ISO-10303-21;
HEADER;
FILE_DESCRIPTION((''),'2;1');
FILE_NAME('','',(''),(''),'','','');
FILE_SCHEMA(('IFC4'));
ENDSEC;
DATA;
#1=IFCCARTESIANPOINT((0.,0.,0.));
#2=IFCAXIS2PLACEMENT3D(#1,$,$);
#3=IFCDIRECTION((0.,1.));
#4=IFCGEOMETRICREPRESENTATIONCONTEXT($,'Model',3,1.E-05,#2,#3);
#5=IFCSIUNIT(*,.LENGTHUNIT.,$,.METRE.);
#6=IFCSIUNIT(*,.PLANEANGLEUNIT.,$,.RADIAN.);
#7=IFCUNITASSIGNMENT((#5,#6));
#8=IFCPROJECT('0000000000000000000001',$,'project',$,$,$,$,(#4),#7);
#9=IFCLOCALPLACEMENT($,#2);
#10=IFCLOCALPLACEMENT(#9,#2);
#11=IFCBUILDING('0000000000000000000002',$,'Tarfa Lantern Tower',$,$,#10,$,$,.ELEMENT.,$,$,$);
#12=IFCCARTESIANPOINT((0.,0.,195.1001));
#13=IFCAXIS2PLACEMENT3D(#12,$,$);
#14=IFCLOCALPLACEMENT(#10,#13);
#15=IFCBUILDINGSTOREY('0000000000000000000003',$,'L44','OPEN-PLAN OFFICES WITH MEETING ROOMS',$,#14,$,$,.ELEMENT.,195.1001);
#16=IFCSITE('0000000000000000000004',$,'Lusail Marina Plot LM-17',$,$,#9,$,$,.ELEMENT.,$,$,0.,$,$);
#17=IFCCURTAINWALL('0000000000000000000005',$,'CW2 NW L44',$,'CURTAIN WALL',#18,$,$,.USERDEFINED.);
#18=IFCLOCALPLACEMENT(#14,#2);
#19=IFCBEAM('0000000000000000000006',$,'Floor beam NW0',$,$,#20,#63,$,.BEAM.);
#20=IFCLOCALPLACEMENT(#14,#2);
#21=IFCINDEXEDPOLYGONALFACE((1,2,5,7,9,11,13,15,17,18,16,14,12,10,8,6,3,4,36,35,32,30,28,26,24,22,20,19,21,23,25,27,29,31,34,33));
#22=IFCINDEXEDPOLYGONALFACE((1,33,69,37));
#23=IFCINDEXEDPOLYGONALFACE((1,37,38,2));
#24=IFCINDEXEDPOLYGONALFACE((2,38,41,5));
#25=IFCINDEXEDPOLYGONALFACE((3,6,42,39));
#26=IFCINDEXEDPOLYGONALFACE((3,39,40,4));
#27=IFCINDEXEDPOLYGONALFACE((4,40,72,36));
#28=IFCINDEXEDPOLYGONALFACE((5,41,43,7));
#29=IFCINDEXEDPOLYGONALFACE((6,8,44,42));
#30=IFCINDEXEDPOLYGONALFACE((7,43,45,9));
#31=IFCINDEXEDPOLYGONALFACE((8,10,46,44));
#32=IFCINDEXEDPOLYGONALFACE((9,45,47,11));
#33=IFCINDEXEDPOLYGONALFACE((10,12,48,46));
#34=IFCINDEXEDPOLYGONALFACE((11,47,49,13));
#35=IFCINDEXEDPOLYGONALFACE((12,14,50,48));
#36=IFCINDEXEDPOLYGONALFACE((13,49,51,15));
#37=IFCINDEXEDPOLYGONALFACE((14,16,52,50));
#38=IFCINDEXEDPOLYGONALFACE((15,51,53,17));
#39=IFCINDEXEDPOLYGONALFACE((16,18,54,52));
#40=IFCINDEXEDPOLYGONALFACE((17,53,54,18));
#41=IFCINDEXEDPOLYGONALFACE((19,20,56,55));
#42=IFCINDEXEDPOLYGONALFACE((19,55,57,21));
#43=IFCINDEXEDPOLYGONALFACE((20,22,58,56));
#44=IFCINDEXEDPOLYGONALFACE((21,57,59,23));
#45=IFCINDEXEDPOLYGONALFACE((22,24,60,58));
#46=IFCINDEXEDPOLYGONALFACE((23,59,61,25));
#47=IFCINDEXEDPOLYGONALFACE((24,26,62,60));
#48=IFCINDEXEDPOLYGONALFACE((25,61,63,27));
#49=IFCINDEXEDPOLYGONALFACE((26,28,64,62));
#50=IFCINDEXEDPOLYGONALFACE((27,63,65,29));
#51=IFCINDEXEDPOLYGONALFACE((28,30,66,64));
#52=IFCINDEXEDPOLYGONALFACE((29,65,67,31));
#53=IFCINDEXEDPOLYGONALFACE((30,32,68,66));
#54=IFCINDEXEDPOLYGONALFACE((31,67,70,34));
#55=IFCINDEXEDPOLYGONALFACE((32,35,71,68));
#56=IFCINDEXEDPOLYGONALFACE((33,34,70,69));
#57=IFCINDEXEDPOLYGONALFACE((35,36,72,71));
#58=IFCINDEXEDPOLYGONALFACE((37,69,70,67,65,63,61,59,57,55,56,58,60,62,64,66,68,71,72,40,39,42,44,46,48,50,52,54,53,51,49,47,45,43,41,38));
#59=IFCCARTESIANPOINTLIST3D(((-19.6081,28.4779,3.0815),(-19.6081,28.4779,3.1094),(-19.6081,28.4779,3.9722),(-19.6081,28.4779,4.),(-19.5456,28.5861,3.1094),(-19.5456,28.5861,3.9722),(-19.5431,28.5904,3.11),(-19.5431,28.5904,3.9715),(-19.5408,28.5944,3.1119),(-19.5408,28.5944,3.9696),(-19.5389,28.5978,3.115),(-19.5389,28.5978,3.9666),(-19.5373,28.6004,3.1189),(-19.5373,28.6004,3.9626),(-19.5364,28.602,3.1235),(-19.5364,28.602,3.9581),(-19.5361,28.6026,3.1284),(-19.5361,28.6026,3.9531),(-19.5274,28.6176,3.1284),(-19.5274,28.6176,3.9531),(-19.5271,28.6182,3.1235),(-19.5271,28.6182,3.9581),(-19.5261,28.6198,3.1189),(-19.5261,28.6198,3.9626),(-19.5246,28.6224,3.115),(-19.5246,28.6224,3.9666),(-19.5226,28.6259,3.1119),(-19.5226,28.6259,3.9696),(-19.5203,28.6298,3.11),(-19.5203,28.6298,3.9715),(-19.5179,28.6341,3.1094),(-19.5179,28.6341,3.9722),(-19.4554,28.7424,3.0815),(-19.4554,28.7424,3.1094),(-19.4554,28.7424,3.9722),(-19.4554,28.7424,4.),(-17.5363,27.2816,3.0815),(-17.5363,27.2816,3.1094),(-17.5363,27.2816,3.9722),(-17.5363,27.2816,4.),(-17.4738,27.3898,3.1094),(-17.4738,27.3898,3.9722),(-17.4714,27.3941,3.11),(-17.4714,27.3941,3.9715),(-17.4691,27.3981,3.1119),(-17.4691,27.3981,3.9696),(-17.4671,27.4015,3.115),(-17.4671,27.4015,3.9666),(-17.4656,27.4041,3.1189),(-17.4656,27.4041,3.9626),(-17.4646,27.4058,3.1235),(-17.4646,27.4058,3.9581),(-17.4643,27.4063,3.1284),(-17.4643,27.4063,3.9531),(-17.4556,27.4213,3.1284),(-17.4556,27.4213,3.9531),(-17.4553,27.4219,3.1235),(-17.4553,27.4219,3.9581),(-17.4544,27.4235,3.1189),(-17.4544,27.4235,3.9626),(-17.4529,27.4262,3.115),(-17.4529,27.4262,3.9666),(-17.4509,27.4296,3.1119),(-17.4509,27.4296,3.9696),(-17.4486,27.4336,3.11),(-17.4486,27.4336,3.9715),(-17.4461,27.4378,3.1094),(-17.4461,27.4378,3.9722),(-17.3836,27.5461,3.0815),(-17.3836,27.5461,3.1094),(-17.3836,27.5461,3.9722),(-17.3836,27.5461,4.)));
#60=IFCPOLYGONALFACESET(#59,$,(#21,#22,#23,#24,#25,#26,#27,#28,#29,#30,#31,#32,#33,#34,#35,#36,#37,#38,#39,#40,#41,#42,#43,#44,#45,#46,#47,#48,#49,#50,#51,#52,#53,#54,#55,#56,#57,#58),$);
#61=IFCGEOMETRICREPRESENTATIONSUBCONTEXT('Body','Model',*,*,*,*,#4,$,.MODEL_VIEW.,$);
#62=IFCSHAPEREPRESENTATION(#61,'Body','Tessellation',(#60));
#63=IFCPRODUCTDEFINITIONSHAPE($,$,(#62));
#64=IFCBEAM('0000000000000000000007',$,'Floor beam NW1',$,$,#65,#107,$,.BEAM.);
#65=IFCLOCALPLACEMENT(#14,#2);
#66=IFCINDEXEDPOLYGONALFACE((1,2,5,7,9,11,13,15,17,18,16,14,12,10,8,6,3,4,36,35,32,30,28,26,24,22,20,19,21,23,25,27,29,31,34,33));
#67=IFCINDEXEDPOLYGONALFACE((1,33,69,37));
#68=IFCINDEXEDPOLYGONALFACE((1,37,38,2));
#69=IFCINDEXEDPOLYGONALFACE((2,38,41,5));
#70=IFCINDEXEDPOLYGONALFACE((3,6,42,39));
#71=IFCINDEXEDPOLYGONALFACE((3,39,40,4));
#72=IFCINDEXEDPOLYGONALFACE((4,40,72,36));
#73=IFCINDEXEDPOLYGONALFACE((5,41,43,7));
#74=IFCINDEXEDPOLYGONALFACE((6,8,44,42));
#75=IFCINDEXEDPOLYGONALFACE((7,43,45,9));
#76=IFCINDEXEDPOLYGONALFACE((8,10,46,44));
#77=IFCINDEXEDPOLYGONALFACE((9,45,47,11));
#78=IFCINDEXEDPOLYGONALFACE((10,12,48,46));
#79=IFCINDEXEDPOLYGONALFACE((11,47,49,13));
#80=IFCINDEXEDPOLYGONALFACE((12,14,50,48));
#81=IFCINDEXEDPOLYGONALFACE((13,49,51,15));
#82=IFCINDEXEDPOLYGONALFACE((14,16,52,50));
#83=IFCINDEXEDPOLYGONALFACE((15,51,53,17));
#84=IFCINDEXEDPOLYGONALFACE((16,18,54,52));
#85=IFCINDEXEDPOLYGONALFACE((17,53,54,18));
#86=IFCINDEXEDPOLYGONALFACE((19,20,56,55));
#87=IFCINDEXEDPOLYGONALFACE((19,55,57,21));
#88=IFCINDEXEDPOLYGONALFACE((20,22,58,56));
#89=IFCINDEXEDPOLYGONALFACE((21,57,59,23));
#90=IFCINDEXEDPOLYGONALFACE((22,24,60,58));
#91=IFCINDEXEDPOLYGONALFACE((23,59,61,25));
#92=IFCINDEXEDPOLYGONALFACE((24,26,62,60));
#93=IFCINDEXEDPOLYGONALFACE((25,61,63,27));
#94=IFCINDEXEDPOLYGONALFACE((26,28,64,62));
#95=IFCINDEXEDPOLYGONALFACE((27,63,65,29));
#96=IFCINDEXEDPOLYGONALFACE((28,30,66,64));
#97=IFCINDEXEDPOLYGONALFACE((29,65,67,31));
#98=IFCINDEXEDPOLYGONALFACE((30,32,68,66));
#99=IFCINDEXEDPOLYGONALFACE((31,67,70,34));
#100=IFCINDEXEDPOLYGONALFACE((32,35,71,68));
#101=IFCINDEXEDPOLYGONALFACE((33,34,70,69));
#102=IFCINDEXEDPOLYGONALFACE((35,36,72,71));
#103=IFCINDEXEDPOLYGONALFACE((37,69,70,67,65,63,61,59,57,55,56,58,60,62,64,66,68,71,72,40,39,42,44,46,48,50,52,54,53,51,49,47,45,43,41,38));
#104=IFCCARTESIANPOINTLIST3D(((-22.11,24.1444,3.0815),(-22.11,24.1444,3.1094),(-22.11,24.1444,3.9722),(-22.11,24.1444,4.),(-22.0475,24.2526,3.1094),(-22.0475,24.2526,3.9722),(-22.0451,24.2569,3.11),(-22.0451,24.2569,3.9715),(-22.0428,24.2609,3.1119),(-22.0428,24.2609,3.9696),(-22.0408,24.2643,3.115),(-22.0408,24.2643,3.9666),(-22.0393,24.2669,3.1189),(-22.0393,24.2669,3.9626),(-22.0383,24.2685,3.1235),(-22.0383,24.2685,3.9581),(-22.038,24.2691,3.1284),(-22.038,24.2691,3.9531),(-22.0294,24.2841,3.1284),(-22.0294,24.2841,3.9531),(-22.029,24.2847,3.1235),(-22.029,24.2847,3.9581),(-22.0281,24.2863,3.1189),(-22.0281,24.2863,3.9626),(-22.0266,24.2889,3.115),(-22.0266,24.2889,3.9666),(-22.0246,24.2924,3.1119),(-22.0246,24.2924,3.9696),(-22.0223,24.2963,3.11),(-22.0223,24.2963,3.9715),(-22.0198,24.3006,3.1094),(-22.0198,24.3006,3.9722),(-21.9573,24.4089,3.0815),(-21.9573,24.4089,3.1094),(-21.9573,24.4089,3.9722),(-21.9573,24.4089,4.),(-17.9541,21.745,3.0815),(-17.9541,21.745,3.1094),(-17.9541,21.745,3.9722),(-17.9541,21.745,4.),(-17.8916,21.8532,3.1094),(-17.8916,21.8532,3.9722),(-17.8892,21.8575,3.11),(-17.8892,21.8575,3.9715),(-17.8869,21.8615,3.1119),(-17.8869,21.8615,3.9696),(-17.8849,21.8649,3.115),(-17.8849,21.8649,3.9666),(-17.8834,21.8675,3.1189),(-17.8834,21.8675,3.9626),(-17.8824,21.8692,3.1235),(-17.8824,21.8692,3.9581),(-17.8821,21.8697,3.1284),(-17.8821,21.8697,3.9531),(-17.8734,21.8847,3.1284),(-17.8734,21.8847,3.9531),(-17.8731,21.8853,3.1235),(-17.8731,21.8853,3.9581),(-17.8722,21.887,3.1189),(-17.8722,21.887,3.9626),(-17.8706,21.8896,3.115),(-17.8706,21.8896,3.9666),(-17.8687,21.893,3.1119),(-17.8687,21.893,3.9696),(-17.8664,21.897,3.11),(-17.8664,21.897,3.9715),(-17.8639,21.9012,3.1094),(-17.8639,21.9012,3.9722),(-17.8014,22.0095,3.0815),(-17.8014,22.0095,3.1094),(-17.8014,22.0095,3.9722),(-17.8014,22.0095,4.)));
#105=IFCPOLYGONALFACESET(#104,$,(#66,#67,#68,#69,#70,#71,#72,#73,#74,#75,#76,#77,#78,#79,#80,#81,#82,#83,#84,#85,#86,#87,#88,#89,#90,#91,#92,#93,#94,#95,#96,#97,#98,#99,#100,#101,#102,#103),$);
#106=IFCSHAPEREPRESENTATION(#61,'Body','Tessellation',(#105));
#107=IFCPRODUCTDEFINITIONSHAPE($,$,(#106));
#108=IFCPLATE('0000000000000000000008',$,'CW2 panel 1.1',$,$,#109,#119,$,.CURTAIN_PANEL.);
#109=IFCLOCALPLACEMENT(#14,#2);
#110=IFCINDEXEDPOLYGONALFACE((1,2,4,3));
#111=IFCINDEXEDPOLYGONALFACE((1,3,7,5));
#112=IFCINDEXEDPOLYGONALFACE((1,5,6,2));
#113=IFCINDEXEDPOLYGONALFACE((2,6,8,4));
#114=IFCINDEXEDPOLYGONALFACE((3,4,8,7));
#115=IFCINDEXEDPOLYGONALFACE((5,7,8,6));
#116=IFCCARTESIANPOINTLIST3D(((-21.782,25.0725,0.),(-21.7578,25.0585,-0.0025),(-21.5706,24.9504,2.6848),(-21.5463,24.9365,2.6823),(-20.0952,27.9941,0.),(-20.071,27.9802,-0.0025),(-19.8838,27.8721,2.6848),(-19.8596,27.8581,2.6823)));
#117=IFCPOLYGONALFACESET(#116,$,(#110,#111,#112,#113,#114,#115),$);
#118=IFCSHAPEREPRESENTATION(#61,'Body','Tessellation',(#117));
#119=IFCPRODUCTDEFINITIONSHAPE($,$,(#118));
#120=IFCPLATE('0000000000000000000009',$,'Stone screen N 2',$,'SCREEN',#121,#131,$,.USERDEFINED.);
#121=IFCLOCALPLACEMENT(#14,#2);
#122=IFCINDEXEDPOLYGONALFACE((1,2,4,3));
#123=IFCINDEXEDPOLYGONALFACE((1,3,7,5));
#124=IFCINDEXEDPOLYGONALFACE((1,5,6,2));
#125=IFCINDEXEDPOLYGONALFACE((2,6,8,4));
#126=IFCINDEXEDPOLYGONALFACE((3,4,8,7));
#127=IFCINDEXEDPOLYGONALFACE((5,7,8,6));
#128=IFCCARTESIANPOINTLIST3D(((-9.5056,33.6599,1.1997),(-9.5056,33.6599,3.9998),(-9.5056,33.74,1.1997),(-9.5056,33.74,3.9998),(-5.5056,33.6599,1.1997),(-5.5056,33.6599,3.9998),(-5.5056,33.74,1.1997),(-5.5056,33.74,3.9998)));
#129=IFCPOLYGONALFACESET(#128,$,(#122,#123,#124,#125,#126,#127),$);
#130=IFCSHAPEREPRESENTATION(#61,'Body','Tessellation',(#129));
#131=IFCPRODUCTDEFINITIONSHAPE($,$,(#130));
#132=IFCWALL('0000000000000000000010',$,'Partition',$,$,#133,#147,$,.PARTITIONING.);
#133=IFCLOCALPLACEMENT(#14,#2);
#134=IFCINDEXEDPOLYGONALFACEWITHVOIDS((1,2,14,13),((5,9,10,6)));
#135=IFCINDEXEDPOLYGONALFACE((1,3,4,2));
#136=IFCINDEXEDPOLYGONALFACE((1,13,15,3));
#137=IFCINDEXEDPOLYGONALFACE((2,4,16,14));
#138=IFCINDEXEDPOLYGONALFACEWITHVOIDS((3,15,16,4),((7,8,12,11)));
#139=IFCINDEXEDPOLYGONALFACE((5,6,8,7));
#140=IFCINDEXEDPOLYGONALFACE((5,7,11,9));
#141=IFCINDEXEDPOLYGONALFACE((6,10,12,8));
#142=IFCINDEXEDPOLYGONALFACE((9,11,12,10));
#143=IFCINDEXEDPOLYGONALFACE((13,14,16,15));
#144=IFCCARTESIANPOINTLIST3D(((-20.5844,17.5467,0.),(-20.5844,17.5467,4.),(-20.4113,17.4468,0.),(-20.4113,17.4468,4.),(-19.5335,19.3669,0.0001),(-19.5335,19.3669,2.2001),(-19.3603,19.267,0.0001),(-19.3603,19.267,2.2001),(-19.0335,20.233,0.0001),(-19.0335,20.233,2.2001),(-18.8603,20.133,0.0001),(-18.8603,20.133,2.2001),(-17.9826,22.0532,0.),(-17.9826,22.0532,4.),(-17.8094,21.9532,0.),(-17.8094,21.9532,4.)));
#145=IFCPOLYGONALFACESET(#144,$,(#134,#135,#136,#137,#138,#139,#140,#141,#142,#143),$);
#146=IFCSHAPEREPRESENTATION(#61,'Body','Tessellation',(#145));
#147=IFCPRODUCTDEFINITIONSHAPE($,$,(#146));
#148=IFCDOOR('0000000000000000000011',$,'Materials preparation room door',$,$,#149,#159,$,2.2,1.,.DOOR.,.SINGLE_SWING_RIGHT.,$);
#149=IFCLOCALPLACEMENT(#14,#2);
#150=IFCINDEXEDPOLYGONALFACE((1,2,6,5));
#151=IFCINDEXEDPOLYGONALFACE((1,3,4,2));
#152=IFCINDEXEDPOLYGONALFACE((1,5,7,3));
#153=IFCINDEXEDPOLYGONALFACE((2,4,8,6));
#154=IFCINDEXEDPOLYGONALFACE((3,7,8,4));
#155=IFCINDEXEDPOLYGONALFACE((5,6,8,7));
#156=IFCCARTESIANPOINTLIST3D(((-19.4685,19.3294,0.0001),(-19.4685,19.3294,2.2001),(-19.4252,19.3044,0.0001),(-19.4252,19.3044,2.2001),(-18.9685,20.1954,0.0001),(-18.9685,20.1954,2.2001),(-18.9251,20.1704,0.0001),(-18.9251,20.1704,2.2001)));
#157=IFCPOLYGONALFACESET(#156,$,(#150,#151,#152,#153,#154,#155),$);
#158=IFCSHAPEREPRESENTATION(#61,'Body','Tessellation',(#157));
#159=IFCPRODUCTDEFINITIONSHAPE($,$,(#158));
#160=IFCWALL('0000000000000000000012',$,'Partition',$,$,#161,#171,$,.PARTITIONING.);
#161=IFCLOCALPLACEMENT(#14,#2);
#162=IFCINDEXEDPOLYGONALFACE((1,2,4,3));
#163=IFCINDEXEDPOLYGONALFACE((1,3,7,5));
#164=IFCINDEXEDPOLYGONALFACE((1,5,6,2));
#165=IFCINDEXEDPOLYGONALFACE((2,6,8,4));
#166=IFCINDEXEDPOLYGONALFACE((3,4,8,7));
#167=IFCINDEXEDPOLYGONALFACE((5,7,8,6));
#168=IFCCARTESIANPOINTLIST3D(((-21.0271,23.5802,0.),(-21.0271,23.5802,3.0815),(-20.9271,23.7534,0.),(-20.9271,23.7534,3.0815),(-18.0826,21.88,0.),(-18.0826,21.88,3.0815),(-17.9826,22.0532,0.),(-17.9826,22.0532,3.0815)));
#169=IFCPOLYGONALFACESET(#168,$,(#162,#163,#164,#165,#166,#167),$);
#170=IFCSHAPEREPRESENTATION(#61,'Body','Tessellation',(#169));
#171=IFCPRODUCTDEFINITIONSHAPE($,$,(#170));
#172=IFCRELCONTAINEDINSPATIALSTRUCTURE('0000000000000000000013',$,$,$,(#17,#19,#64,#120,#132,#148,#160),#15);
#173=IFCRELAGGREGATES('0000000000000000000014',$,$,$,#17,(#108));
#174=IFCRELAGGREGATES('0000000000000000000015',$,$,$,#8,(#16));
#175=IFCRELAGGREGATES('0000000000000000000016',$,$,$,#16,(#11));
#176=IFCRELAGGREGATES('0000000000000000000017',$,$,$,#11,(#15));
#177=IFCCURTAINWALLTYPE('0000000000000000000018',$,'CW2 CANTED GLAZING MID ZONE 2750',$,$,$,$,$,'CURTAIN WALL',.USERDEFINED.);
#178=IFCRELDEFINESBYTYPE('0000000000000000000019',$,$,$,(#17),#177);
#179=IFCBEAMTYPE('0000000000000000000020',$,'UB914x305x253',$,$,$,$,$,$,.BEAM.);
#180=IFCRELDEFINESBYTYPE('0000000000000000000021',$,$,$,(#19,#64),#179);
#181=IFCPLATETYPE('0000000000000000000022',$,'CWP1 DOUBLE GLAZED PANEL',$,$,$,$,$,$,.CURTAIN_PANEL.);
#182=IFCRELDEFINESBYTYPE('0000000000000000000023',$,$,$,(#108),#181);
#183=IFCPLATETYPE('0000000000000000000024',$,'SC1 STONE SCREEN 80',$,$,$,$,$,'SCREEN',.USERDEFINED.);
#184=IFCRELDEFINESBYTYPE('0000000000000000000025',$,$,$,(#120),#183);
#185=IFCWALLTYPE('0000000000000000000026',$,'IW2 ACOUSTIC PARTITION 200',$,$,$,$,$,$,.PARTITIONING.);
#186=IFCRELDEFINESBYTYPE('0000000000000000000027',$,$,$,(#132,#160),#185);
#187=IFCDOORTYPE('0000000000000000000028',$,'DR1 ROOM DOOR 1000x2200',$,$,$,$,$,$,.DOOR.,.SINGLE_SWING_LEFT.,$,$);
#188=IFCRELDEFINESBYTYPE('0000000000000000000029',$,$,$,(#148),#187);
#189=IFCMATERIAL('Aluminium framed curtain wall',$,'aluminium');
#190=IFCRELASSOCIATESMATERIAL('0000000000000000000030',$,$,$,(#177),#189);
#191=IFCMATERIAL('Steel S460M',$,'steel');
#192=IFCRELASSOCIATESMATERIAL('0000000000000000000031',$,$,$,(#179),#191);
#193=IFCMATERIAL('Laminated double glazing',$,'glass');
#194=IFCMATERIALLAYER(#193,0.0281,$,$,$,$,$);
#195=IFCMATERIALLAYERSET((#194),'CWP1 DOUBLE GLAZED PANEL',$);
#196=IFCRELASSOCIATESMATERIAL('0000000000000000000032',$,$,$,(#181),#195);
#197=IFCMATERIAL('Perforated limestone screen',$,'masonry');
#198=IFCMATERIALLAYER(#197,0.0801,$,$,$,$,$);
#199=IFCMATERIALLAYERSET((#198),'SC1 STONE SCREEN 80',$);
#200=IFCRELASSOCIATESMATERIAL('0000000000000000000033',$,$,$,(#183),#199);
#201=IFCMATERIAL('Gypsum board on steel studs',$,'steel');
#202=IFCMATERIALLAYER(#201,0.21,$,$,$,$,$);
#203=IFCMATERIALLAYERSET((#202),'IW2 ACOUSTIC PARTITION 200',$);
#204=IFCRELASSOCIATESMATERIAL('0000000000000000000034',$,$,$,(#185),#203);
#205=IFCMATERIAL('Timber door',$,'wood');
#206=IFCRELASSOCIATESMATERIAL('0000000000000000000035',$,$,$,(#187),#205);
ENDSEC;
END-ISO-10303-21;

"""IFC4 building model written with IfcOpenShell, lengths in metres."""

from ifc_helpers import new_model, si_unit, direction, frame, frame_2d, origin, origin_2d, place, context, subcontext, project, spatial, polyline, rectangle, i_section, outline, extrude, material, layer, layer_set, material_profile, profile_set, type_object, element, fill, aggregate, save


model = new_model("IFC4")

# Units and contexts
model_context = context("Model", 3, precision=1e-05, world=origin(), true_north=direction((0.0, 1.0)))
body_context = subcontext(model_context, "Body", "Model", "MODEL_VIEW")
ifc_project = project(units=[si_unit("LENGTHUNIT", "METRE"), si_unit("PLANEANGLEUNIT", "RADIAN")], contexts=[model_context])

# Site, building, storey
site_placement = place(None, origin())
site = spatial("IfcSite", under=ifc_project, at=site_placement, Name="Lusail Marina Plot LM-17", CompositionType="ELEMENT", RefElevation=0.0)
building_placement = place(site_placement, origin())
building = spatial("IfcBuilding", under=site, at=building_placement, Name="Tarfa Lantern Tower", CompositionType="ELEMENT")
storey_placement = place(building_placement, frame((0.0, 0.0, 195.1001)))
storey = spatial("IfcBuildingStorey", under=building, at=storey_placement, Name="L44", Description="OPEN-PLAN OFFICES WITH MEETING ROOMS", CompositionType="ELEMENT", Elevation=195.1001)

# Curtain wall
ifc_material_1 = material(Name="Aluminium framed curtain wall", Category="aluminium")
curtain_wall_type = type_object("IfcCurtainWallType", Name="CW2 CANTED GLAZING MID ZONE 2750", ElementType="CURTAIN WALL", PredefinedType="USERDEFINED", material=ifc_material_1)
curtain_wall_placement = place(storey_placement, origin())
curtain_wall = element("IfcCurtainWall", 1, at=curtain_wall_placement, inside=storey, type_object=curtain_wall_type, Name="CW2 NW L44", ObjectType="CURTAIN WALL", PredefinedType="USERDEFINED")

# Beams
ifc_material_2 = material(Name="Steel S460M", Category="steel")
ifc_material_profile_1 = material_profile(ifc_material_2, i_section(OverallWidth=0.3054, OverallDepth=0.9185, WebThickness=0.0173, FlangeThickness=0.0278, FilletRadius=0.019, at=origin_2d()), Name="UB914x305x253")
ifc_profile_set_1 = profile_set([ifc_material_profile_1], Name="Steel S460M")
beam_type_1 = type_object("IfcBeamType", Name="UB914x305x253", PredefinedType="BEAM", material=ifc_profile_set_1)
beam_1_placement = place(storey_placement, frame((-19.5317, 28.6101, 3.5408), z_axis=(0.865999, -0.500046, 0.0), x_axis=(0.500046, 0.865999, 0.0)))
element("IfcBeam", 2, at=beam_1_placement, inside=storey, type_object=beam_type_1, Name="Floor beam NW0", PredefinedType="BEAM", context=body_context, shape_type="SweptSolid", body=[
    extrude(i_section(OverallWidth=0.3054, OverallDepth=0.9185, WebThickness=0.0173, FlangeThickness=0.0278, FilletRadius=0.019, at=origin_2d()), origin(), (0.0, 0.0, 1.0), 2.3923),
])
beam_2_placement = place(storey_placement, frame((-22.0337, 24.2766, 3.5408), z_axis=(0.866031, -0.499991, 0.0), x_axis=(0.499991, 0.866031, 0.0)))
element("IfcBeam", 3, at=beam_2_placement, inside=storey, type_object=beam_type_1, Name="Floor beam NW1", PredefinedType="BEAM", context=body_context, shape_type="SweptSolid", body=[
    extrude(i_section(OverallWidth=0.3054, OverallDepth=0.9185, WebThickness=0.0173, FlangeThickness=0.0278, FilletRadius=0.019, at=origin_2d()), origin(), (0.0, 0.0, 1.0), 4.7988),
])

# Plates
ifc_material_3 = material(Name="Laminated double glazing", Category="glass")
ifc_layer_1 = layer(ifc_material_3, 0.0281)
ifc_layer_set_1 = layer_set([ifc_layer_1], Name="CWP1 DOUBLE GLAZED PANEL")
plate_type_1 = type_object("IfcPlateType", Name="CWP1 DOUBLE GLAZED PANEL", PredefinedType="CURTAIN_PANEL", material=ifc_layer_set_1)
plate_1_placement = place(storey_placement, frame((-20.0952, 27.9941, 0.0), z_axis=(-0.862472, 0.497937, 0.090558), x_axis=(-0.499992, -0.86603, 0.0)))
plate_1 = element("IfcPlate", 4, at=plate_1_placement, type_object=plate_type_1, Name="CW2 panel 1.1", PredefinedType="CURTAIN_PANEL", context=body_context, shape_type="SweptSolid", body=[
    extrude(outline(polyline([(0.0, 0.0), (3.3736, 0.0), (3.3736, 2.6959), (0.0, 2.6959), (0.0, 0.0)])), origin(), (0.0, 0.0, -1.0), 0.0281),
])
aggregate(curtain_wall, [plate_1])
ifc_material_4 = material(Name="Perforated limestone screen", Category="masonry")
ifc_layer_2 = layer(ifc_material_4, 0.0801)
ifc_layer_set_2 = layer_set([ifc_layer_2], Name="SC1 STONE SCREEN 80")
plate_type_2 = type_object("IfcPlateType", Name="SC1 STONE SCREEN 80", ElementType="SCREEN", PredefinedType="USERDEFINED", material=ifc_layer_set_2)
plate_2_placement = place(storey_placement, frame((-7.5056, 33.7, 1.1997), z_axis=(0.0, 0.0, 1.0), x_axis=(-1.0, 0.0, 0.0)))
element("IfcPlate", 5, at=plate_2_placement, inside=storey, type_object=plate_type_2, Name="Stone screen N 2", ObjectType="SCREEN", PredefinedType="USERDEFINED", context=body_context, shape_type="SweptSolid", body=[
    extrude(rectangle(XDim=4.0, YDim=0.0801, at=origin_2d()), origin(), (0.0, 0.0, 1.0), 2.8),
])

# Wall, opening, door
ifc_material_5 = material(Name="Gypsum board on steel studs", Category="steel")
ifc_layer_3 = layer(ifc_material_5, 0.21)
ifc_layer_set_3 = layer_set([ifc_layer_3], Name="IW2 ACOUSTIC PARTITION 200")
wall_type = type_object("IfcWallType", Name="IW2 ACOUSTIC PARTITION 200", PredefinedType="PARTITIONING", material=ifc_layer_set_3)
wall_1_placement = place(storey_placement, frame((-17.896, 22.0032, 0.0), z_axis=(0.0, 0.0, 1.0), x_axis=(-0.500009, -0.86602, 0.0)))
wall_1 = element("IfcWall", 6, at=wall_1_placement, inside=storey, type_object=wall_type, Name="Partition", PredefinedType="PARTITIONING", context=body_context, shape_type="SweptSolid", body=[
    extrude(rectangle(XDim=5.2036, YDim=0.2, at=frame_2d((2.6018, 0.0))), origin(), (0.0, 0.0, 1.0), 4.0),
])
opening_placement = place(wall_1_placement, frame((2.1018, 0.0, 0.0)))
opening = element("IfcOpeningElement", 7, at=opening_placement, cuts=wall_1, PredefinedType="OPENING", context=body_context, shape_type="SweptSolid", body=[
    extrude(rectangle(XDim=1.0, YDim=2.2, at=frame_2d((0.5, 1.1001))), frame((0.0, 0.1099, 0.0), z_axis=(0.0, -1.0, 0.0), x_axis=(1.0, 0.0, 0.0)), (0.0, 0.0, 1.0), 0.22),
])
ifc_material_6 = material(Name="Timber door", Category="wood")
door_type = type_object("IfcDoorType", Name="DR1 ROOM DOOR 1000x2200", OperationType="SINGLE_SWING_LEFT", PredefinedType="DOOR", material=ifc_material_6)
door_placement = place(opening_placement, frame((1.0, 0.0, 0.0), z_axis=(0.0, 0.0, 1.0), x_axis=(-1.0, 0.0, 0.0)))
door = element("IfcDoor", 8, at=door_placement, inside=storey, type_object=door_type, Name="Materials preparation room door", OperationType="SINGLE_SWING_RIGHT", OverallHeight=2.2, OverallWidth=1.0, PredefinedType="DOOR", context=body_context, shape_type="SweptSolid", body=[
    extrude(rectangle(XDim=1.0, YDim=2.2, at=frame_2d((0.5, 1.1001))), frame((0.0, 0.0249, 0.0), z_axis=(0.0, -1.0, 0.0), x_axis=(1.0, 0.0, 0.0)), (0.0, 0.0, 1.0), 0.05),
])
fill(opening, door)

# Wall
wall_2_placement = place(storey_placement, frame((-18.0325, 21.9666, 0.0), z_axis=(0.0, 0.0, 1.0), x_axis=(-0.866007, 0.500031, 0.0)))
element("IfcWall", 9, at=wall_2_placement, inside=storey, type_object=wall_type, Name="Partition", PredefinedType="PARTITIONING", context=body_context, shape_type="SweptSolid", body=[
    extrude(rectangle(XDim=3.4001, YDim=0.2, at=frame_2d((1.7002, 0.0))), origin(), (0.0, 0.0, 1.0), 3.0815),
])

save(model, "model.ifc")
